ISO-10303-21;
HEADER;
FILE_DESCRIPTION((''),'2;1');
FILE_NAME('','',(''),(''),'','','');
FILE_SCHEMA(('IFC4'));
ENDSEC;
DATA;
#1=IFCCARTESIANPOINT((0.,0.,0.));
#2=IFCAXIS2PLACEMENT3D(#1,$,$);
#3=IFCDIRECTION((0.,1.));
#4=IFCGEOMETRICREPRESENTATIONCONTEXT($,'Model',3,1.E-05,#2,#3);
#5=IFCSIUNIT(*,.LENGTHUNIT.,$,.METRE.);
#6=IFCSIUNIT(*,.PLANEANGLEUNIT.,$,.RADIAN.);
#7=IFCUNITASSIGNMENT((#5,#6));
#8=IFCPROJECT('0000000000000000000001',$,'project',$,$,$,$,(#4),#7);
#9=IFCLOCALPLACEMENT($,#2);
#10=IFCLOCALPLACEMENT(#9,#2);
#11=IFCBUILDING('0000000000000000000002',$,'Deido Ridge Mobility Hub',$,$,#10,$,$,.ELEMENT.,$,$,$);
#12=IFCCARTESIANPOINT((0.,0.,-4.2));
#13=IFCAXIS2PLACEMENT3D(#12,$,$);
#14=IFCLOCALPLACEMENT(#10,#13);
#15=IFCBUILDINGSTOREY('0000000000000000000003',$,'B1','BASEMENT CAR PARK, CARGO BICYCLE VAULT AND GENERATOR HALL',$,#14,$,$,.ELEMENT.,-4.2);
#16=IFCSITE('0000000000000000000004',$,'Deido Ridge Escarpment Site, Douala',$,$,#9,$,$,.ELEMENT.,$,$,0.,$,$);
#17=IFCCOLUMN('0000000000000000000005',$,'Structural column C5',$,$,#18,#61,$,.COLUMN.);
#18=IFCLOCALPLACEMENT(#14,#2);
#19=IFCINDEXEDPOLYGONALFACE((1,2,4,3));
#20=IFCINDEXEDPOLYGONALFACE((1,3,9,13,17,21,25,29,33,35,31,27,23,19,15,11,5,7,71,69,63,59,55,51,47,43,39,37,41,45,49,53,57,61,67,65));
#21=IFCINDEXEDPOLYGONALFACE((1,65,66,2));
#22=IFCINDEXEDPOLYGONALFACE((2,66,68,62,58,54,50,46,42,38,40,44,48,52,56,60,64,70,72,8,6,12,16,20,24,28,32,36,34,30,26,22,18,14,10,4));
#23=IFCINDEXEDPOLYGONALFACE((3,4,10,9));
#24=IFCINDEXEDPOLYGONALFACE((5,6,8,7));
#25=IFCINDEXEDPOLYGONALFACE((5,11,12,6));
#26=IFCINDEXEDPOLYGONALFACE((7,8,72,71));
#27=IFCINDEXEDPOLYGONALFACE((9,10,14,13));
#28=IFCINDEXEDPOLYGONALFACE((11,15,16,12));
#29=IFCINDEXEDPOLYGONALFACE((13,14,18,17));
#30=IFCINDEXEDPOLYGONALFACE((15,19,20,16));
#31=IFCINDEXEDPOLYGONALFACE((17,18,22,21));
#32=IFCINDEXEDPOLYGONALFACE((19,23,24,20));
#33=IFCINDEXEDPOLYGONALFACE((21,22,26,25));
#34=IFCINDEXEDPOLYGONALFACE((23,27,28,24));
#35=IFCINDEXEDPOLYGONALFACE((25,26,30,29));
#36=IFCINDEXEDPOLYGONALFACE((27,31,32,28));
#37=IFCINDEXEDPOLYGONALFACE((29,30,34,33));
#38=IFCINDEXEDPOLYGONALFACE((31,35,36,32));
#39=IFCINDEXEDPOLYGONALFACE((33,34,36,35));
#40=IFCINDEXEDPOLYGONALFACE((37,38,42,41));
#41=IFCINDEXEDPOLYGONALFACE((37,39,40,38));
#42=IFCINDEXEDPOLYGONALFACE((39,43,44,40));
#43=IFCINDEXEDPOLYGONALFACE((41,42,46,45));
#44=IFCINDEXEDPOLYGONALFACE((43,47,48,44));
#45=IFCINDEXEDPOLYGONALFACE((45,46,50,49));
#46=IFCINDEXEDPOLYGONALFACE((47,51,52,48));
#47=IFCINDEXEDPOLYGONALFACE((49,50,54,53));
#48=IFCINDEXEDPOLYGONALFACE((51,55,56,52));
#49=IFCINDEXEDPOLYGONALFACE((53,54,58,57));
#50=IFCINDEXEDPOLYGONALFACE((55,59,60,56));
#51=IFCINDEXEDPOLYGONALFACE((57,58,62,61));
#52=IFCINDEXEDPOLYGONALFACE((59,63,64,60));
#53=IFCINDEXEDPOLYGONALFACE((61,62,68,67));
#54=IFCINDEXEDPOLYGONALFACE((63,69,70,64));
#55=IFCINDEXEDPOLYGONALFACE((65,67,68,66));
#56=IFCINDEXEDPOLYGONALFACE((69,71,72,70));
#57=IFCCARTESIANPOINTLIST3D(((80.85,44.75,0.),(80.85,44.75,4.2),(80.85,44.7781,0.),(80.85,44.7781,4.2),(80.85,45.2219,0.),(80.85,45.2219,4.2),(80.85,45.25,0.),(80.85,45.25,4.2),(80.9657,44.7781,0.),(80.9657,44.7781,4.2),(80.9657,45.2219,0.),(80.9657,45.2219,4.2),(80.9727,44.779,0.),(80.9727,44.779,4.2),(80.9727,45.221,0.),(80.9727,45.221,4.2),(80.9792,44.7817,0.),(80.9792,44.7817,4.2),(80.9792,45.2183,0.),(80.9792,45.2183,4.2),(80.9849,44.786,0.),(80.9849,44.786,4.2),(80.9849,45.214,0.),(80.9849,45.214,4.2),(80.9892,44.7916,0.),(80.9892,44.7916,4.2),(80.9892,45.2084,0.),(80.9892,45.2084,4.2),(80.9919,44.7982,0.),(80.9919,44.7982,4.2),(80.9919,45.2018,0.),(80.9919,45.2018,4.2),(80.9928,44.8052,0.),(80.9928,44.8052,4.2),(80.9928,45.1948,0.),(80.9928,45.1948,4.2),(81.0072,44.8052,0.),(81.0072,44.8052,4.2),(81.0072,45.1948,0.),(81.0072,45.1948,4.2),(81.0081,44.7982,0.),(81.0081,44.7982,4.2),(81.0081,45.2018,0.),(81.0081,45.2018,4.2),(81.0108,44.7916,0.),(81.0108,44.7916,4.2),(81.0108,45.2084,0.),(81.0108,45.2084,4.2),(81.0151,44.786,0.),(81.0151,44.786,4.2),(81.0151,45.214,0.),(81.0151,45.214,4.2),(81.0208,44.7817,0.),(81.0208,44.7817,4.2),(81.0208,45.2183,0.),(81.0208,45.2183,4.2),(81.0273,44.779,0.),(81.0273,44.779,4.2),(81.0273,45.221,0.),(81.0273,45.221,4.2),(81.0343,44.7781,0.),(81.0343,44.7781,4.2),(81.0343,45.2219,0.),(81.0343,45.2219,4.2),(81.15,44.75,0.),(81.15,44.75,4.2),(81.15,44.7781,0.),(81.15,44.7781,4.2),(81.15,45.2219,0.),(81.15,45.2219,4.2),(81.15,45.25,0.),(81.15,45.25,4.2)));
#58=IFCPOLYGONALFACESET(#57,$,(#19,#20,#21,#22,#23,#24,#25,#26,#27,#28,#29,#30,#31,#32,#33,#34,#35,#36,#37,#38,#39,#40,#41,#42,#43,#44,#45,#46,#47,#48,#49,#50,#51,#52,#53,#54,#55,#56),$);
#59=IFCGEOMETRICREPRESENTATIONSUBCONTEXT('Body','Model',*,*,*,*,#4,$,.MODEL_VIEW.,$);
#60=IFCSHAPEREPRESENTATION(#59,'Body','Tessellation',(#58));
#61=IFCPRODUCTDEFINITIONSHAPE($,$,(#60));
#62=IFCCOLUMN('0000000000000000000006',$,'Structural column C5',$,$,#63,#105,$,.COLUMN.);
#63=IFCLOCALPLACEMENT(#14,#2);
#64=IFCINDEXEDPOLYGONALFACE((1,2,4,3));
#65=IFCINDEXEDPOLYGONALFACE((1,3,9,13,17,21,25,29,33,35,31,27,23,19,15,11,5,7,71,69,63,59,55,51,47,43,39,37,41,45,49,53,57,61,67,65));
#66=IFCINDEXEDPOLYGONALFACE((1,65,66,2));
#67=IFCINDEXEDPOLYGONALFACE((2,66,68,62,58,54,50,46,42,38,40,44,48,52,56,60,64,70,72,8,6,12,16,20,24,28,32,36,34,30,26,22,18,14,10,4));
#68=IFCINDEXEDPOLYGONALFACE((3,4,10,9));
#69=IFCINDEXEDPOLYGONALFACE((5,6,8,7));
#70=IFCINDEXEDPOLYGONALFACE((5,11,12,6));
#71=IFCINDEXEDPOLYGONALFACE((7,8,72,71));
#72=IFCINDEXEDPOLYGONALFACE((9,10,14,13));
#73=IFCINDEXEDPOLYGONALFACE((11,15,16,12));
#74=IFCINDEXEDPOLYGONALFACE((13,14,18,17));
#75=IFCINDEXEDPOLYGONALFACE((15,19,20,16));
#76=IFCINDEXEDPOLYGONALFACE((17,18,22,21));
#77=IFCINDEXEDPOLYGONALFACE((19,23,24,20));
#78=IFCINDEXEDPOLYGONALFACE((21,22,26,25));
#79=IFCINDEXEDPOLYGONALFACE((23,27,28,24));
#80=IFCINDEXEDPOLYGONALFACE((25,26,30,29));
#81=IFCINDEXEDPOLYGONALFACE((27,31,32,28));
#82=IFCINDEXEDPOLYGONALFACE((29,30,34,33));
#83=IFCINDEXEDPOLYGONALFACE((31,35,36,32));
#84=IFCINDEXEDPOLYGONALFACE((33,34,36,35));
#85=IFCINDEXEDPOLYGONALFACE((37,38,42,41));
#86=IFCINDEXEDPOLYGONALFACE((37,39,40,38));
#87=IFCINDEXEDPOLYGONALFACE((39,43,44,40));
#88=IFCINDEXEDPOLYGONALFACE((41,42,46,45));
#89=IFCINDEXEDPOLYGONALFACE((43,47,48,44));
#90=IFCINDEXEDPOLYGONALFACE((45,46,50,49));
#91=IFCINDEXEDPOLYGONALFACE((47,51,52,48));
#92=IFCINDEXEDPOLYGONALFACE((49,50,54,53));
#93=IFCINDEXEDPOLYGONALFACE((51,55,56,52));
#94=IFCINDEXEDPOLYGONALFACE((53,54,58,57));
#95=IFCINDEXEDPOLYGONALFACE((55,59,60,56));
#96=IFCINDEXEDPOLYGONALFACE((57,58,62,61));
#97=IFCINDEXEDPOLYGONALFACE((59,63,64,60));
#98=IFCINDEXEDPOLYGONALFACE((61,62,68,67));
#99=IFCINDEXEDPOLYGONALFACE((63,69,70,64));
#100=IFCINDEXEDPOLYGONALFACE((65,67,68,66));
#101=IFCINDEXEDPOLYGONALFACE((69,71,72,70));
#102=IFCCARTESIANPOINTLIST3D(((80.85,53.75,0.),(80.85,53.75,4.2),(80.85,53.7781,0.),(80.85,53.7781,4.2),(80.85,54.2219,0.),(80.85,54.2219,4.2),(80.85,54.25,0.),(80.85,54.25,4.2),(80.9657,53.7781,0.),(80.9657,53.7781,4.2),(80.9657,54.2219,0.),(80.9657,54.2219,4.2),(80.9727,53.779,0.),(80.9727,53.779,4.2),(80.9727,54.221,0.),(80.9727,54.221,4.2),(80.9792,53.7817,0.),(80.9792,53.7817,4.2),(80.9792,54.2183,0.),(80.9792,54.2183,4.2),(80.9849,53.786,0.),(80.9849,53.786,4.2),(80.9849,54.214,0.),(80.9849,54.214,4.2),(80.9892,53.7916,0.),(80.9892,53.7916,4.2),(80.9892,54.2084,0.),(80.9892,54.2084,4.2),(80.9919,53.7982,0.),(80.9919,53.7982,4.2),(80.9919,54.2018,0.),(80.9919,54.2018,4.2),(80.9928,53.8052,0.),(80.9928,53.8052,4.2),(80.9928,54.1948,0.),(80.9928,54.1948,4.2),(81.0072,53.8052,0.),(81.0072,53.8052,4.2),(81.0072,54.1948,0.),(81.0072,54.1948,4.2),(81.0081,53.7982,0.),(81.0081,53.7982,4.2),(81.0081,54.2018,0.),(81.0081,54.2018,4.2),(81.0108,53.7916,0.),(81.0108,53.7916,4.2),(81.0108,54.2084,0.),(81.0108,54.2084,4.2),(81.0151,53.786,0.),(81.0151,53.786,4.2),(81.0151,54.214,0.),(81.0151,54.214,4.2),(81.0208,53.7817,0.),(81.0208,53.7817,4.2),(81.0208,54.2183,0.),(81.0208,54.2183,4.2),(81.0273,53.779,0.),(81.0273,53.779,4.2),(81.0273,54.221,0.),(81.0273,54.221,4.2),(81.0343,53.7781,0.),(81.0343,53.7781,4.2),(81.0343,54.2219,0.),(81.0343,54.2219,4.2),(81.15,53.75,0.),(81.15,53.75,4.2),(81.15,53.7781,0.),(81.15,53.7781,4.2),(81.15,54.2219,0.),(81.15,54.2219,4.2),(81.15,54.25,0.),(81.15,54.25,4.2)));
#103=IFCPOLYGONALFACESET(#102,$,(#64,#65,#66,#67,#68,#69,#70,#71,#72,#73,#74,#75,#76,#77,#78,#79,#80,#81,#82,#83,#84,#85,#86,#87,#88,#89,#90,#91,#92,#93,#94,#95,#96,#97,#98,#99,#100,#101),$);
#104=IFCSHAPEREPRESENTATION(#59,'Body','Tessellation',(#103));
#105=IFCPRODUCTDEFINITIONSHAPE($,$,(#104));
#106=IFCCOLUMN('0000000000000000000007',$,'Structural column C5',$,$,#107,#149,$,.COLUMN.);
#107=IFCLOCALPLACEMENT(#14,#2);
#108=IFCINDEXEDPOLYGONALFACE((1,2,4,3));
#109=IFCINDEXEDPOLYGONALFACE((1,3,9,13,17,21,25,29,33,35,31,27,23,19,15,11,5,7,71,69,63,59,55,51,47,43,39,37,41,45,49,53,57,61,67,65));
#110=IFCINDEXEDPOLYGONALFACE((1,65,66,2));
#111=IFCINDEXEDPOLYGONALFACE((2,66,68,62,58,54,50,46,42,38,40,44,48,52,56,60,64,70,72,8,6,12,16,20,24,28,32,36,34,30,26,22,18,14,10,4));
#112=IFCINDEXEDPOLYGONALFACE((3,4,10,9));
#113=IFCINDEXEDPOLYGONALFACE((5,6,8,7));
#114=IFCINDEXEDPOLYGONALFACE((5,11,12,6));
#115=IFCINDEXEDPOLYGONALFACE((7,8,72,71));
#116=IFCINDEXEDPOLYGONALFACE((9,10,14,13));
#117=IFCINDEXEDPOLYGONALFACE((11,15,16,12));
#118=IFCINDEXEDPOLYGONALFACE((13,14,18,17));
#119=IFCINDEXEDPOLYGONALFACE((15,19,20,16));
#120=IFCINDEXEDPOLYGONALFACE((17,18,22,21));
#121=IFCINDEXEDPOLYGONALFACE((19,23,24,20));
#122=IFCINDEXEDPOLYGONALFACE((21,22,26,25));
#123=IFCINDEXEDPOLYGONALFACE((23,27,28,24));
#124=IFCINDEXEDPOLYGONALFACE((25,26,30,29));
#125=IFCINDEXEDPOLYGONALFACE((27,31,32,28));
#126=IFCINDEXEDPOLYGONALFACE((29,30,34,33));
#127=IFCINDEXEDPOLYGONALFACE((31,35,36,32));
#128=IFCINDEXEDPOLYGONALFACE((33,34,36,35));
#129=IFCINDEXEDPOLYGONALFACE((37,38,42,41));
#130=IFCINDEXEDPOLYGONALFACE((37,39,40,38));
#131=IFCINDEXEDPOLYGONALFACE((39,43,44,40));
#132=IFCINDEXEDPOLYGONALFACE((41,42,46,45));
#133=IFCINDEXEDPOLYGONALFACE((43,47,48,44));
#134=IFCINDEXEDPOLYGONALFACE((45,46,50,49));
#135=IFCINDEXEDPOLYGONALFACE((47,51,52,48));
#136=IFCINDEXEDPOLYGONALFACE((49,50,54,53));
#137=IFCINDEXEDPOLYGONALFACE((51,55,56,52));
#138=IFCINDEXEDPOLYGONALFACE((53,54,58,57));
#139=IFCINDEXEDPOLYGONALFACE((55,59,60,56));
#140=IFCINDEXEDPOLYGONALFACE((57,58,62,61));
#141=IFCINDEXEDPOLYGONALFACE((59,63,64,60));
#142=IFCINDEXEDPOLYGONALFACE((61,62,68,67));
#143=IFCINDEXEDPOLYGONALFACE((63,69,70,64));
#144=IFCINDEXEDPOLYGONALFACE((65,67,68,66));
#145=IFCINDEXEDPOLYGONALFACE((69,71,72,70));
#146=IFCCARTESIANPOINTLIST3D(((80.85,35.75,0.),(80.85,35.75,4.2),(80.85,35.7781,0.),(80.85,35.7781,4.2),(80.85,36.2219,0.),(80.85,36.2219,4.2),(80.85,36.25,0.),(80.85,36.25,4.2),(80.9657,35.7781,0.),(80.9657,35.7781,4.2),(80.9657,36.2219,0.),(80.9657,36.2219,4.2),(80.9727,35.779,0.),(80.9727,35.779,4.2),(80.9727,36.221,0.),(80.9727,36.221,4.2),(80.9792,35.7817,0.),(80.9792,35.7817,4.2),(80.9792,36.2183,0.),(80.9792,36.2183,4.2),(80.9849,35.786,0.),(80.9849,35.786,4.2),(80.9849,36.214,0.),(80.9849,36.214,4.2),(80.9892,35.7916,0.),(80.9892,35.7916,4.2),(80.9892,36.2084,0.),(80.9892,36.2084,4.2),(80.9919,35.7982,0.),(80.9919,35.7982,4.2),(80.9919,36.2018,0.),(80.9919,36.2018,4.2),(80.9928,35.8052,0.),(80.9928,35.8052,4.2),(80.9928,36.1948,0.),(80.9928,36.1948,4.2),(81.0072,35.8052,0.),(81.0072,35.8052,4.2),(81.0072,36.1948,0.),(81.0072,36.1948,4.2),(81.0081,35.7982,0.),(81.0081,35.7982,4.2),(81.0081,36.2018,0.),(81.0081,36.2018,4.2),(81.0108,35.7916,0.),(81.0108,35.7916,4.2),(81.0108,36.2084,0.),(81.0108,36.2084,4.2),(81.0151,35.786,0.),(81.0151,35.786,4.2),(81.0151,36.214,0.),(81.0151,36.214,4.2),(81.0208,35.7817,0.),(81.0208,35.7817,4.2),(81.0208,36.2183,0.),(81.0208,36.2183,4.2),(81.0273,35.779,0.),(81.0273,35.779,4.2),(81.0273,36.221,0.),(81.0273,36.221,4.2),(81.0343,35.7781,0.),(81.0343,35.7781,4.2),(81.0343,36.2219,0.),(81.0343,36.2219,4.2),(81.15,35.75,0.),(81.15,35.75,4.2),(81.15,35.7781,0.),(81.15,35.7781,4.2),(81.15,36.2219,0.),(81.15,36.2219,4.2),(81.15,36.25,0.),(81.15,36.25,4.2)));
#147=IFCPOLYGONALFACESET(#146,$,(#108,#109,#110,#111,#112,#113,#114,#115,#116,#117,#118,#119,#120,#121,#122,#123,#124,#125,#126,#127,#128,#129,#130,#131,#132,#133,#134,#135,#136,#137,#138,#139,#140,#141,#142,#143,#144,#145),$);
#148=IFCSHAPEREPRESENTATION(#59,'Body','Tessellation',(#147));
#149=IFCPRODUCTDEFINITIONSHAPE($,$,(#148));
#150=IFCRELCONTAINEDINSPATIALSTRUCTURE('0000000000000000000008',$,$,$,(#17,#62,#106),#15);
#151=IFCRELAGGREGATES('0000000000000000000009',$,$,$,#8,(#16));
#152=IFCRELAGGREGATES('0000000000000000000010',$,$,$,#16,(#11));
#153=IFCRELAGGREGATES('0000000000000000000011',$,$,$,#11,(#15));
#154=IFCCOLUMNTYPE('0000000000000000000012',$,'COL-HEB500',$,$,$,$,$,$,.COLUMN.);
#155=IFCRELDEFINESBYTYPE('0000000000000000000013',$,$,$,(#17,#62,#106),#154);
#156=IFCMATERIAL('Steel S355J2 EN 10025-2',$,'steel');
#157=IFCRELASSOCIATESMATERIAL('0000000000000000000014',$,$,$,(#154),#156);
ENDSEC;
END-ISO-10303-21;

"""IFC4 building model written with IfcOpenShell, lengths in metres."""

from ifc_helpers import new_model, si_unit, direction, frame, origin, origin_2d, place, context, subcontext, project, spatial, i_section, extrude, material, material_profile, profile_set, type_object, element, save


model = new_model("IFC4")

# Units and contexts
model_context = context("Model", 3, precision=1e-05, world=origin(), true_north=direction((0.0, 1.0)))
body_context = subcontext(model_context, "Body", "Model", "MODEL_VIEW")
ifc_project = project(units=[si_unit("LENGTHUNIT", "METRE"), si_unit("PLANEANGLEUNIT", "RADIAN")], contexts=[model_context])

# Site, building, storey
site_placement = place(None, origin())
site = spatial("IfcSite", under=ifc_project, at=site_placement, Name="Deido Ridge Escarpment Site, Douala", CompositionType="ELEMENT", RefElevation=0.0)
building_placement = place(site_placement, origin())
building = spatial("IfcBuilding", under=site, at=building_placement, Name="Deido Ridge Mobility Hub", CompositionType="ELEMENT")
storey_placement = place(building_placement, frame((0.0, 0.0, -4.2)))
storey = spatial("IfcBuildingStorey", under=building, at=storey_placement, Name="B1", Description="BASEMENT CAR PARK, CARGO BICYCLE VAULT AND GENERATOR HALL", CompositionType="ELEMENT", Elevation=-4.2)

# Columns
ifc_material_1 = material(Name="Steel S355J2 EN 10025-2", Category="steel")
ifc_material_profile_1 = material_profile(ifc_material_1, i_section(OverallWidth=0.3, OverallDepth=0.5, WebThickness=0.0144, FlangeThickness=0.0281, FilletRadius=0.0271, at=origin_2d()), Name="HEB 500")
ifc_profile_set_1 = profile_set([ifc_material_profile_1], Name="Steel S355J2 EN 10025-2")
column_type = type_object("IfcColumnType", Name="COL-HEB500", PredefinedType="COLUMN", material=ifc_profile_set_1)
for number, where, z_axis, x_axis, name in (
    (1, (81.0, 45.0, 0.0), (0.0, 0.0, 1.0), (1.0, 0.0, 0.0), "Structural column C5"),
    (2, (81.0, 54.0, 0.0), (0.0, 0.0, 1.0), (1.0, 0.0, 0.0), "Structural column C5"),
    (3, (81.0, 36.0, 0.0), (0.0, 0.0, 1.0), (1.0, 0.0, 0.0), "Structural column C5"),
):
    element("IfcColumn", number, at=place(storey_placement, frame(where, z_axis=z_axis, x_axis=x_axis)), inside=storey, type_object=column_type, Name=name, PredefinedType="COLUMN", context=body_context, shape_type="SweptSolid", body=[
        extrude(i_section(OverallWidth=0.3, OverallDepth=0.5, WebThickness=0.0144, FlangeThickness=0.0281, FilletRadius=0.0271, at=origin_2d()), origin(), (0.0, 0.0, 1.0), 4.2),
    ])

save(model, "model.ifc")
